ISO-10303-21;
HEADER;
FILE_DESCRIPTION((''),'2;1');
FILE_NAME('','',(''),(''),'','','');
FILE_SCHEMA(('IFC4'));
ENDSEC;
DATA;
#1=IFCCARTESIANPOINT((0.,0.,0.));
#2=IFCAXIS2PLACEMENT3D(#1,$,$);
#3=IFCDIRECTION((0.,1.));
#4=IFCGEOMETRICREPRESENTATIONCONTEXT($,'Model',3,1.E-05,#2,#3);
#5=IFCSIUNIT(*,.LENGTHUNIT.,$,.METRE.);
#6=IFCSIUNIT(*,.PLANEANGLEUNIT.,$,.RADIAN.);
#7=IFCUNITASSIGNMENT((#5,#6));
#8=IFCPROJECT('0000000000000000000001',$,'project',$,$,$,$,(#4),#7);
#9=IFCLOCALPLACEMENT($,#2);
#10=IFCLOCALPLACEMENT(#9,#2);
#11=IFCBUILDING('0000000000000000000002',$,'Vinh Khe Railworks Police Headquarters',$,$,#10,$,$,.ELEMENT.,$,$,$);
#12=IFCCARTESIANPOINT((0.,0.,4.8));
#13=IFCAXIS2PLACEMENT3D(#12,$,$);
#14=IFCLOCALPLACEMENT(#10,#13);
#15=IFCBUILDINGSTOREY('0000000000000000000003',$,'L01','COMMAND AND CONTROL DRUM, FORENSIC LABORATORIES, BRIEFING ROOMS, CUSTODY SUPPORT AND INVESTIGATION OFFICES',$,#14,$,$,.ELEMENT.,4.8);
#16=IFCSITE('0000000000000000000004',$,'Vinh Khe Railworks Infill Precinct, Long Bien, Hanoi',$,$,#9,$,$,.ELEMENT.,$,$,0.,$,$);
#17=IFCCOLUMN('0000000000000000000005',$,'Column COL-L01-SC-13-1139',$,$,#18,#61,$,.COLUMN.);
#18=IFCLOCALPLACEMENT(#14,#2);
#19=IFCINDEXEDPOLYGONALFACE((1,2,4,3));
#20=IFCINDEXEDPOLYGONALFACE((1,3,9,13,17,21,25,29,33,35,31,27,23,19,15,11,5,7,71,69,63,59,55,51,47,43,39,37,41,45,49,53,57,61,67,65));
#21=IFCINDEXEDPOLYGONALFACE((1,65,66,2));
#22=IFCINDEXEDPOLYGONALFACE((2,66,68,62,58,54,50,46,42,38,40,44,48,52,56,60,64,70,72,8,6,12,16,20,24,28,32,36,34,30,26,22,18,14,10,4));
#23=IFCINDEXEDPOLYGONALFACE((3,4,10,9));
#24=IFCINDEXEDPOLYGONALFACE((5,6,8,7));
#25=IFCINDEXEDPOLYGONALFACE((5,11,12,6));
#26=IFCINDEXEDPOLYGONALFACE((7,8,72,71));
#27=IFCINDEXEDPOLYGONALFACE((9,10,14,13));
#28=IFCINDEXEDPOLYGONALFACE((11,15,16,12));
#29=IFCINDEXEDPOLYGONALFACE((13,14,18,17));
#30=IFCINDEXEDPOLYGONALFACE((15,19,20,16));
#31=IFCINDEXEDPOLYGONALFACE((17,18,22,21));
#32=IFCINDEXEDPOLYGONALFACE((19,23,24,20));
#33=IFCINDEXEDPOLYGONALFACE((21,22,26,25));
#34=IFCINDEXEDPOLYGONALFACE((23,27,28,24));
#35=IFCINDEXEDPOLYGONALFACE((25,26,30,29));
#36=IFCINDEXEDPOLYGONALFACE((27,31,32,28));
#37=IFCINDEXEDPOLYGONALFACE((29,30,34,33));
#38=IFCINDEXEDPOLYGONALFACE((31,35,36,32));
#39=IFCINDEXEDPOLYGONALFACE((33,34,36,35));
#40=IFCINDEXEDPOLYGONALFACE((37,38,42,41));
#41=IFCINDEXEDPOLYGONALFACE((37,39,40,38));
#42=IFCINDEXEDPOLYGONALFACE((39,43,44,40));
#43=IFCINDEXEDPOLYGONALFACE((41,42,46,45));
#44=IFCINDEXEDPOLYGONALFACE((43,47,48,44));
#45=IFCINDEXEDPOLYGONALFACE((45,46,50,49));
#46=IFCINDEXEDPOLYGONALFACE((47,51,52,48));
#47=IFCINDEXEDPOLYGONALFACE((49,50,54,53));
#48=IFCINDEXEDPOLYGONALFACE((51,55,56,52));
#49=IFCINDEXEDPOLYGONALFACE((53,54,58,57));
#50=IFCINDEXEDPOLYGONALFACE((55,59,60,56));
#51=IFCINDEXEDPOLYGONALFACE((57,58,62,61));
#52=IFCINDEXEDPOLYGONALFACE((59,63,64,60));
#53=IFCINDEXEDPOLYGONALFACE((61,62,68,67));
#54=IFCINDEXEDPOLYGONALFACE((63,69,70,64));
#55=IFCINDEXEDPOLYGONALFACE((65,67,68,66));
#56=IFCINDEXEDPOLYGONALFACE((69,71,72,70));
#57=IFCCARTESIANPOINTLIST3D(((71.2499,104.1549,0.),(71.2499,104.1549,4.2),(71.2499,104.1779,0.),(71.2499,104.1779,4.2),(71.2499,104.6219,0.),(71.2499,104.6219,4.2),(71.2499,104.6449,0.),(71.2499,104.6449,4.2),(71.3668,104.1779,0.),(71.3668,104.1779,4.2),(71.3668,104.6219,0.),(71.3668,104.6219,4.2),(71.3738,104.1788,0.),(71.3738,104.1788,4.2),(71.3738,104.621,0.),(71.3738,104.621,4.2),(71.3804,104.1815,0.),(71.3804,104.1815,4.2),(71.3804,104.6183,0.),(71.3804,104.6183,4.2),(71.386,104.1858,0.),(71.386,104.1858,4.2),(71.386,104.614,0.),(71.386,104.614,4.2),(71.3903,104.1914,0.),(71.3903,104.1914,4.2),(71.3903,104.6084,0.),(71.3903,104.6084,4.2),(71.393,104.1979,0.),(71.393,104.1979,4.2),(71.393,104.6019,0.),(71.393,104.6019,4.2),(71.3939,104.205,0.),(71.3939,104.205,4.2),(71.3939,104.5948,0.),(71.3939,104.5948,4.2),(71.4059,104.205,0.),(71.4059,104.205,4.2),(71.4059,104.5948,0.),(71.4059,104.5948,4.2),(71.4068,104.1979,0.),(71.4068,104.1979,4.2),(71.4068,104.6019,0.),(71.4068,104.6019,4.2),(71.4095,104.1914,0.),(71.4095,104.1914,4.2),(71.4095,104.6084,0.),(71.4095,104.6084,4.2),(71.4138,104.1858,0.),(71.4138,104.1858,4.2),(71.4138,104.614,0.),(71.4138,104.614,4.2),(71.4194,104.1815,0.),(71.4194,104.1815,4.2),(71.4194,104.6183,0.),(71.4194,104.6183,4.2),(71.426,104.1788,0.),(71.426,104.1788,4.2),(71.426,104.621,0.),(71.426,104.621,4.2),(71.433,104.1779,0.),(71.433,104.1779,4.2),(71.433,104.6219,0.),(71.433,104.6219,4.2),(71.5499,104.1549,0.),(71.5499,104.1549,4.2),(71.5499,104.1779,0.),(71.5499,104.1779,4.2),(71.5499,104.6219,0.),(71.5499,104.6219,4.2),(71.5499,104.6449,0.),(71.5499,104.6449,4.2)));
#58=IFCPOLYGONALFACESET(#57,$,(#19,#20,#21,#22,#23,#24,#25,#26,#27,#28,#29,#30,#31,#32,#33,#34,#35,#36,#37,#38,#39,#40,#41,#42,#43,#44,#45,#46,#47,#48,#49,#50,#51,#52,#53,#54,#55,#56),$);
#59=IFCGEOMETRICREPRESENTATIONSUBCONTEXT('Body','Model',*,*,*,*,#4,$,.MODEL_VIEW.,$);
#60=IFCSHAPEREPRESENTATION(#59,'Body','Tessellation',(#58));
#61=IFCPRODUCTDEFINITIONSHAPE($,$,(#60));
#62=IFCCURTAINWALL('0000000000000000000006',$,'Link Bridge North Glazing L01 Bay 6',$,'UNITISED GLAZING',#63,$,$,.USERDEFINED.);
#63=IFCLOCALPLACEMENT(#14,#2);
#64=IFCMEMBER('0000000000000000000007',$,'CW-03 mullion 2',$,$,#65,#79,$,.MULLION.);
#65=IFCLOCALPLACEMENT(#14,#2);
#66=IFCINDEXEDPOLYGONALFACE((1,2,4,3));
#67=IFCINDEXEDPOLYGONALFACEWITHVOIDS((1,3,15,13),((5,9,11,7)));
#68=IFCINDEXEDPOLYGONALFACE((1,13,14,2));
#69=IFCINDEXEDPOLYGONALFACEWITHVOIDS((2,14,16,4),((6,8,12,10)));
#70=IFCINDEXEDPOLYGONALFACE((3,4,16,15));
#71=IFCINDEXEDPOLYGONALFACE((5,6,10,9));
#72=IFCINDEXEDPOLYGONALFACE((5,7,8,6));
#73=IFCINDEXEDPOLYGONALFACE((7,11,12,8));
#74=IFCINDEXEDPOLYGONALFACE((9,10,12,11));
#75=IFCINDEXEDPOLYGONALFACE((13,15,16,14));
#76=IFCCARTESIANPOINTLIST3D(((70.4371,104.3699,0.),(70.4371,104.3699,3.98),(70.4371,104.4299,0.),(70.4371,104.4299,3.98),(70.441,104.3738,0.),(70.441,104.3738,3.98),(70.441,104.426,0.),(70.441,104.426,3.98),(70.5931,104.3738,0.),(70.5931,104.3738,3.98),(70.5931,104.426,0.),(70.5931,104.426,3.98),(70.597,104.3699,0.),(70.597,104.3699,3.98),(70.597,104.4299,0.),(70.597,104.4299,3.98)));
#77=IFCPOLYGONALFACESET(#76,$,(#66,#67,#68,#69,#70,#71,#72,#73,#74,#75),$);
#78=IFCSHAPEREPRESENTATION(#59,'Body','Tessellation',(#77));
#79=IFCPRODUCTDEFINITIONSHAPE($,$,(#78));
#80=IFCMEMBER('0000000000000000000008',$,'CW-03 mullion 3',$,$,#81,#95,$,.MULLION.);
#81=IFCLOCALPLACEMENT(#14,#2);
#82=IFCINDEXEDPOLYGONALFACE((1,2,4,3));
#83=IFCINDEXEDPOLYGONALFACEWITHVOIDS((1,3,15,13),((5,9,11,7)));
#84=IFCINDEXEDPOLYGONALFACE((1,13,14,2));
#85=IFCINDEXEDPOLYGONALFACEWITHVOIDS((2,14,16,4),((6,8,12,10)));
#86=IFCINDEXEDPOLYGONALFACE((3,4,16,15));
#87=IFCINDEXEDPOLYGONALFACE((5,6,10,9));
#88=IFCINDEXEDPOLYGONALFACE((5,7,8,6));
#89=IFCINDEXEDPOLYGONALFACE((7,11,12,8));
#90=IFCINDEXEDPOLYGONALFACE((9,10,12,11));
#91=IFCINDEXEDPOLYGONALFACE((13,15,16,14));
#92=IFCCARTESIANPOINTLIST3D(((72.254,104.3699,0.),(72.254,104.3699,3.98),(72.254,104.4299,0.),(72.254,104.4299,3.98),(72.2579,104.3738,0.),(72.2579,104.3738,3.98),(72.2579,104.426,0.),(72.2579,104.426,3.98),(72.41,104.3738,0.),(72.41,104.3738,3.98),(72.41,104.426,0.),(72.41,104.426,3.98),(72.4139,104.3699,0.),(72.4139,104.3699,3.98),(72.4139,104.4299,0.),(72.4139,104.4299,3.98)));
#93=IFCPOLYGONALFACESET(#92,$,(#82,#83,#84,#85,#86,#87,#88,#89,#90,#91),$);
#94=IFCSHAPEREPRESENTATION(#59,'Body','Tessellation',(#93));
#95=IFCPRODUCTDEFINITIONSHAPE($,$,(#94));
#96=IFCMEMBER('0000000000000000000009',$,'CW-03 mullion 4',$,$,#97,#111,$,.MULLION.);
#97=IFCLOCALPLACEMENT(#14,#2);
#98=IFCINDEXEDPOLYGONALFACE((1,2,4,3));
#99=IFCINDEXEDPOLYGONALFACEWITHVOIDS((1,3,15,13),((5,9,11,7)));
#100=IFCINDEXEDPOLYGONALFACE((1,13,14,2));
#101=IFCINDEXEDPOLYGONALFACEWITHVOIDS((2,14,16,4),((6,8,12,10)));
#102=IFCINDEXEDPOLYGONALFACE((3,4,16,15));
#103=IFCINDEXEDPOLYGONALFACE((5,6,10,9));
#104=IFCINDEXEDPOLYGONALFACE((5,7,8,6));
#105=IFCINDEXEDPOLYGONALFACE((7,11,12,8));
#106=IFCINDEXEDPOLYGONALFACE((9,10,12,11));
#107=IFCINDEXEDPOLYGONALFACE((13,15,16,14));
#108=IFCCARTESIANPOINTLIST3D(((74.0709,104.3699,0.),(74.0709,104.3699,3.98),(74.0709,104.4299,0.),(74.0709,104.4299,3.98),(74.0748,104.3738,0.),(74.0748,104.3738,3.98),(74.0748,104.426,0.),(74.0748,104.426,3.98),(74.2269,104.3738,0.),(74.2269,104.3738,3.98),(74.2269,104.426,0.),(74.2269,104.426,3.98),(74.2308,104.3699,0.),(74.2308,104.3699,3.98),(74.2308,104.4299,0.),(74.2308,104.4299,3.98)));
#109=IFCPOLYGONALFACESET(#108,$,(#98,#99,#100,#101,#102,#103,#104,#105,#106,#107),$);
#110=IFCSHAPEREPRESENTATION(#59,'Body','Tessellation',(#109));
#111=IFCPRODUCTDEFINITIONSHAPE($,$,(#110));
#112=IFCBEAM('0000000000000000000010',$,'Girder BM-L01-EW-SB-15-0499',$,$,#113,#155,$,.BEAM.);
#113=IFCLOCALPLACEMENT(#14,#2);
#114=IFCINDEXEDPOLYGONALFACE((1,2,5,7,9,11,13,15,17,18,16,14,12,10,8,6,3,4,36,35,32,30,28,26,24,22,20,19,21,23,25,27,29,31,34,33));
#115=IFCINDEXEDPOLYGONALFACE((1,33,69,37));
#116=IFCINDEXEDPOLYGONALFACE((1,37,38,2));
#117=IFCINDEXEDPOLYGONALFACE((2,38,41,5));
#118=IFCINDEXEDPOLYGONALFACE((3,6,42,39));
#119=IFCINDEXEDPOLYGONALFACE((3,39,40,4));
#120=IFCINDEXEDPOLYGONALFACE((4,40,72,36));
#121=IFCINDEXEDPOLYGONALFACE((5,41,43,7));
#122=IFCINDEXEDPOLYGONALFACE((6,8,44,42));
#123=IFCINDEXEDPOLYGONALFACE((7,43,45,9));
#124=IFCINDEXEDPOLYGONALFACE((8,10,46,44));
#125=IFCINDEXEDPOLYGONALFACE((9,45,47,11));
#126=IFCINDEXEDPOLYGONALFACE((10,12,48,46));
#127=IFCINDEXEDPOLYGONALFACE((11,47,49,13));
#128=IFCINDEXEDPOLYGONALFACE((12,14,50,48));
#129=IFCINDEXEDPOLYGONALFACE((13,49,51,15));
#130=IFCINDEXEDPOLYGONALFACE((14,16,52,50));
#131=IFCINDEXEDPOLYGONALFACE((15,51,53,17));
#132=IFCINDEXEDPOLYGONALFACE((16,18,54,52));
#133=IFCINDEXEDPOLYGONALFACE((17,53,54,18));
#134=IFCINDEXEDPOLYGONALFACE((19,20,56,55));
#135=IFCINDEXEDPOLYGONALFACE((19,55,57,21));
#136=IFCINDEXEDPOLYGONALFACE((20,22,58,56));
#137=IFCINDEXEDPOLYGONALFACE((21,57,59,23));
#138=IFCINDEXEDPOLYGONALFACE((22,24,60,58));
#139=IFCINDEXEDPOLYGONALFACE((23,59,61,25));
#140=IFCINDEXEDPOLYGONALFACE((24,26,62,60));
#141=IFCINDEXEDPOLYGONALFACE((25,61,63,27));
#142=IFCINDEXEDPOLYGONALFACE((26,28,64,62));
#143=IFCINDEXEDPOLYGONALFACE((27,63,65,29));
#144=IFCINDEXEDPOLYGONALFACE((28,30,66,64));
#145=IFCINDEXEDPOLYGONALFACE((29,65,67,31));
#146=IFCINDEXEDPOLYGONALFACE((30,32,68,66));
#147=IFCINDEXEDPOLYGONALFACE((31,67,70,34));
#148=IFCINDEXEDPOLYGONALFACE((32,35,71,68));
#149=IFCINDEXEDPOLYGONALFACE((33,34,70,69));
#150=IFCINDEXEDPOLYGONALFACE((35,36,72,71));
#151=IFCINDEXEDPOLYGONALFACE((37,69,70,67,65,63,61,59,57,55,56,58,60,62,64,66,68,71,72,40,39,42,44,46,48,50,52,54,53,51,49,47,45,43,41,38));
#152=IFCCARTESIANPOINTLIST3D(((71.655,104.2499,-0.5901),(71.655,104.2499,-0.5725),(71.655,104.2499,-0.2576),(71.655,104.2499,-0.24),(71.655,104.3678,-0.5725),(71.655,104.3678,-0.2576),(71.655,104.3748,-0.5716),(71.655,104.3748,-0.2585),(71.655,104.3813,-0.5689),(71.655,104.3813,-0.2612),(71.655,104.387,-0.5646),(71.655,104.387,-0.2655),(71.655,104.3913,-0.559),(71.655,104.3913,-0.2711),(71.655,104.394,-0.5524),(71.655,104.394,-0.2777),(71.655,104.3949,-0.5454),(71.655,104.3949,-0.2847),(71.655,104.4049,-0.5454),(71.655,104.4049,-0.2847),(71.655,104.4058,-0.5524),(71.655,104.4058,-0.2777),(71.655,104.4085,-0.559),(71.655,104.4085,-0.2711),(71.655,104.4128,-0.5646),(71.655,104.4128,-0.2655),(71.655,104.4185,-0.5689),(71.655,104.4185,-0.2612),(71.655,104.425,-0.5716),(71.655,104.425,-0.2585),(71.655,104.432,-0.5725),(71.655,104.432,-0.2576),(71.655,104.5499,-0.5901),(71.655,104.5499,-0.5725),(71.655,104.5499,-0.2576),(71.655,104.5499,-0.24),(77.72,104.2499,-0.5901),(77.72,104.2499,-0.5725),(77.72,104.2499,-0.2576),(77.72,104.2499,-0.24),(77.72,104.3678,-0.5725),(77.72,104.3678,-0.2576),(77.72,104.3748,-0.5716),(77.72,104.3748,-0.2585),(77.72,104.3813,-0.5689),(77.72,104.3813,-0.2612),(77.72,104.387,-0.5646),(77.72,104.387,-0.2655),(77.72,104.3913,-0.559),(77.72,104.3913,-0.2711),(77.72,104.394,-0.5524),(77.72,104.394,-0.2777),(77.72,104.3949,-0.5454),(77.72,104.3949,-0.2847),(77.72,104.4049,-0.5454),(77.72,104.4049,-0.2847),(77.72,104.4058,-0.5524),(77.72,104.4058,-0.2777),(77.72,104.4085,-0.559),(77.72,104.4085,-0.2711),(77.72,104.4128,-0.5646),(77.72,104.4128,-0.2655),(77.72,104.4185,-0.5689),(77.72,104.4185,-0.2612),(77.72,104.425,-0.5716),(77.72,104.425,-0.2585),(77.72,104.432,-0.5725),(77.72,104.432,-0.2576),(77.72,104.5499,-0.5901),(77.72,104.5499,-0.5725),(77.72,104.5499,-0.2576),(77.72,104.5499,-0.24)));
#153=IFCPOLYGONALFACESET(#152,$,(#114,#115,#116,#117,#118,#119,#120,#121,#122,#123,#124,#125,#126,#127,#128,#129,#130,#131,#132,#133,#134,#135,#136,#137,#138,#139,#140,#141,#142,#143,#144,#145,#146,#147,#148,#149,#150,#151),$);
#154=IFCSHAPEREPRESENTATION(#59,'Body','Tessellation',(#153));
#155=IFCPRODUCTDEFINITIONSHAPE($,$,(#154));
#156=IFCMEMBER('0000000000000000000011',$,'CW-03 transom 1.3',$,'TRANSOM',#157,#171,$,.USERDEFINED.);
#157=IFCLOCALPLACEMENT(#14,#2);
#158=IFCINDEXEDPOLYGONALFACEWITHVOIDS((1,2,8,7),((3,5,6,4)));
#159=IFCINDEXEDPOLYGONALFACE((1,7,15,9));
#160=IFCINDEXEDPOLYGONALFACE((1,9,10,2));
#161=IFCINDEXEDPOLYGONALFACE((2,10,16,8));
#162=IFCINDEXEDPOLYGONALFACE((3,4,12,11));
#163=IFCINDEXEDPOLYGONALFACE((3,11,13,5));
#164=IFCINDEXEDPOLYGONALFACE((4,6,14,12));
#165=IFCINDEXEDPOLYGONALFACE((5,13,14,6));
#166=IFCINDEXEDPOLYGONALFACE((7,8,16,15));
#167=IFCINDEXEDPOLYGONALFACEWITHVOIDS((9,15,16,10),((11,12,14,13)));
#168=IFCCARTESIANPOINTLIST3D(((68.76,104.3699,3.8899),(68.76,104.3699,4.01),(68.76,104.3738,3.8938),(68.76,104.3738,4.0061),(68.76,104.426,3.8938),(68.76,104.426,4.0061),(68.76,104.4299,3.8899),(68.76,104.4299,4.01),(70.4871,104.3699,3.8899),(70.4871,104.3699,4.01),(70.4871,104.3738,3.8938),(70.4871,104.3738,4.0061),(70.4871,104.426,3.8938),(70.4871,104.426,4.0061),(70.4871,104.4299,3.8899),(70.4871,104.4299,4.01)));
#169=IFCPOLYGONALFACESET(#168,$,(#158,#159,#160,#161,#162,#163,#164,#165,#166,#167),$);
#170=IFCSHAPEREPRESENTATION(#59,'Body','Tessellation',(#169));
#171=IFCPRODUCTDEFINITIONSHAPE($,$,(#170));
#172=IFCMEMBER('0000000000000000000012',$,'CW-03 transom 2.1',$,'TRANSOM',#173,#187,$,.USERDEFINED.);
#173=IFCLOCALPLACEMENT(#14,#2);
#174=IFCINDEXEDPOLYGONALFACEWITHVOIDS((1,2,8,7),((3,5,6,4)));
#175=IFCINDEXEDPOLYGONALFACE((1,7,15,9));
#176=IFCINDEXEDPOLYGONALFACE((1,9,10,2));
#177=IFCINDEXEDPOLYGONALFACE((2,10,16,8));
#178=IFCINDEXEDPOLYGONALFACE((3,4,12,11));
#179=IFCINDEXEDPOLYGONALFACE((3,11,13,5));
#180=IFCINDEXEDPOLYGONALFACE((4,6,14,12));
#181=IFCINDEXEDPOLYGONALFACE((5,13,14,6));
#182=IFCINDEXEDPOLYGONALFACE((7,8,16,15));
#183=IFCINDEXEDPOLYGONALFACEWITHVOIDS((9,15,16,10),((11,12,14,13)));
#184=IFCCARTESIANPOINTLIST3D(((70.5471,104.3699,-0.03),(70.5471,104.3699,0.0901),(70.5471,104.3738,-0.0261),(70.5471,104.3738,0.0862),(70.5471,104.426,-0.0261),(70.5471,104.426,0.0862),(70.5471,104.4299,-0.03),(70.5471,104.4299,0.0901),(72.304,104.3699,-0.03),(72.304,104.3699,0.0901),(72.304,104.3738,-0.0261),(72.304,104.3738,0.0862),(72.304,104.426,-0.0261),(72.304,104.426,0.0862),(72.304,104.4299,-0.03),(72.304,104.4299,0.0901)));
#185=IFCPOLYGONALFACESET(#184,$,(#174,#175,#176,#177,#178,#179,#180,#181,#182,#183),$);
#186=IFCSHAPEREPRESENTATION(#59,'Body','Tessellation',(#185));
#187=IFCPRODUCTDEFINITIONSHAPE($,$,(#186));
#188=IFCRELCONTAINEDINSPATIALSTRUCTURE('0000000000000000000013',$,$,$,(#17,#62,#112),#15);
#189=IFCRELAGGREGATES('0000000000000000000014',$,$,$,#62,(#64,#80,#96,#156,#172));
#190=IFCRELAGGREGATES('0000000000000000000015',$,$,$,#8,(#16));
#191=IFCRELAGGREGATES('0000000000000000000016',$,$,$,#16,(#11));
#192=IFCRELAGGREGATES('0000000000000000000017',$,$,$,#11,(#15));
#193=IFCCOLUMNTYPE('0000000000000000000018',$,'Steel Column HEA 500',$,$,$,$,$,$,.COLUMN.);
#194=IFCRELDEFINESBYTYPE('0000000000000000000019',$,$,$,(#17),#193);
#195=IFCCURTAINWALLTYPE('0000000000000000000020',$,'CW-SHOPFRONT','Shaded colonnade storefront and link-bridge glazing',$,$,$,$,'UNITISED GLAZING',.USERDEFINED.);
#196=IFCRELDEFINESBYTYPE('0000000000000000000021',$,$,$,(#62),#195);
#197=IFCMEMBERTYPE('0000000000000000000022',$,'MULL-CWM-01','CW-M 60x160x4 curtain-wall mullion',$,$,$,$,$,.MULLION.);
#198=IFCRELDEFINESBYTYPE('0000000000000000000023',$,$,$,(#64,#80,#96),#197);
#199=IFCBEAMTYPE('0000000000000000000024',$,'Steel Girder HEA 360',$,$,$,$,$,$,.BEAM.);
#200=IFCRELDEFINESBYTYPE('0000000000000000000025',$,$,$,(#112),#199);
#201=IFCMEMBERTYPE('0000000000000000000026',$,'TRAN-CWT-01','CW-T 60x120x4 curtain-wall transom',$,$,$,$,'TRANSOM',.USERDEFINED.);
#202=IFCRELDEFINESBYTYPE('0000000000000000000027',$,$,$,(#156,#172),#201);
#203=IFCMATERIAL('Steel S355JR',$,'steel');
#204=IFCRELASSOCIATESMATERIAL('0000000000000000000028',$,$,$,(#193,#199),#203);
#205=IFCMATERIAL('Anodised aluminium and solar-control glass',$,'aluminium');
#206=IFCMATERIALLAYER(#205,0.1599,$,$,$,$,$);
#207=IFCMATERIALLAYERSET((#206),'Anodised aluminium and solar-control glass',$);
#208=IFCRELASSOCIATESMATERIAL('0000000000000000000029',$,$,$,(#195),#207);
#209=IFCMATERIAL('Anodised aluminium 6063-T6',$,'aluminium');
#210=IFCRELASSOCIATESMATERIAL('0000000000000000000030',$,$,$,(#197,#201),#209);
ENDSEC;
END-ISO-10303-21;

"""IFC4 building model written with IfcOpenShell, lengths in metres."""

from ifc_helpers import new_model, si_unit, direction, frame, origin, origin_2d, place, context, subcontext, project, spatial, hollow_rectangle, i_section, extrude, material, layer, layer_set, material_profile, profile_set, type_object, element, aggregate, save


model = new_model("IFC4")

# Units and contexts
model_context = context("Model", 3, precision=1e-05, world=origin(), true_north=direction((0.0, 1.0)))
body_context = subcontext(model_context, "Body", "Model", "MODEL_VIEW")
ifc_project = project(units=[si_unit("LENGTHUNIT", "METRE"), si_unit("PLANEANGLEUNIT", "RADIAN")], contexts=[model_context])

# Site, building, storey
site_placement = place(None, origin())
site = spatial("IfcSite", under=ifc_project, at=site_placement, Name="Vinh Khe Railworks Infill Precinct, Long Bien, Hanoi", CompositionType="ELEMENT", RefElevation=0.0)
building_placement = place(site_placement, origin())
building = spatial("IfcBuilding", under=site, at=building_placement, Name="Vinh Khe Railworks Police Headquarters", CompositionType="ELEMENT")
storey_placement = place(building_placement, frame((0.0, 0.0, 4.8)))
storey = spatial("IfcBuildingStorey", under=building, at=storey_placement, Name="L01", Description="COMMAND AND CONTROL DRUM, FORENSIC LABORATORIES, BRIEFING ROOMS, CUSTODY SUPPORT AND INVESTIGATION OFFICES", CompositionType="ELEMENT", Elevation=4.8)

# Column
ifc_material_1 = material(Name="Steel S355JR", Category="steel")
ifc_material_profile_1 = material_profile(ifc_material_1, i_section(OverallWidth=0.3, OverallDepth=0.49, WebThickness=0.012, FlangeThickness=0.0229, FilletRadius=0.0271, at=origin_2d()), Name="HEA 500")
ifc_profile_set_1 = profile_set([ifc_material_profile_1], Name="Steel S355JR")
column_type = type_object("IfcColumnType", Name="Steel Column HEA 500", PredefinedType="COLUMN", material=ifc_profile_set_1)
column_placement = place(storey_placement, frame((71.3999, 104.3999, 0.0), z_axis=(0.0, 0.0, 1.0), x_axis=(1.0, 0.0, 0.0)))
element("IfcColumn", 1, at=column_placement, inside=storey, type_object=column_type, Name="Column COL-L01-SC-13-1139", PredefinedType="COLUMN", context=body_context, shape_type="SweptSolid", body=[
    extrude(i_section(OverallWidth=0.3, OverallDepth=0.49, WebThickness=0.012, FlangeThickness=0.0229, FilletRadius=0.0271, at=origin_2d()), origin(), (0.0, 0.0, 1.0), 4.2),
])

# Curtain wall, members
ifc_material_2 = material(Name="Anodised aluminium and solar-control glass", Category="aluminium")
ifc_layer_1 = layer(ifc_material_2, 0.1599)
ifc_layer_set_1 = layer_set([ifc_layer_1], Name="Anodised aluminium and solar-control glass")
curtain_wall_type = type_object("IfcCurtainWallType", Name="CW-SHOPFRONT", Description="Shaded colonnade storefront and link-bridge glazing", ElementType="UNITISED GLAZING", PredefinedType="USERDEFINED", material=ifc_layer_set_1)
curtain_wall_placement = place(storey_placement, origin())
curtain_wall = element("IfcCurtainWall", 2, at=curtain_wall_placement, inside=storey, type_object=curtain_wall_type, Name="Link Bridge North Glazing L01 Bay 6", ObjectType="UNITISED GLAZING", PredefinedType="USERDEFINED")
ifc_material_3 = material(Name="Anodised aluminium 6063-T6", Category="aluminium")
ifc_material_profile_2 = material_profile(ifc_material_3, hollow_rectangle(XDim=0.0601, YDim=0.1599, WallThickness=0.0039, at=origin_2d()), Name="CW-M 60x160x4")
ifc_profile_set_2 = profile_set([ifc_material_profile_2], Name="Anodised aluminium 6063-T6")
member_type_1 = type_object("IfcMemberType", Name="MULL-CWM-01", Description="CW-M 60x160x4 curtain-wall mullion", PredefinedType="MULLION", material=ifc_profile_set_2)
member_1_placement = place(storey_placement, frame((70.5171, 104.3999, 0.0), z_axis=(0.0, 0.0, 1.0), x_axis=(0.0, 1.0, 0.0)))
member_1 = element("IfcMember", 3, at=member_1_placement, type_object=member_type_1, Name="CW-03 mullion 2", PredefinedType="MULLION", context=body_context, shape_type="SweptSolid", body=[
    extrude(hollow_rectangle(XDim=0.0601, YDim=0.1599, WallThickness=0.0039, at=origin_2d()), origin(), (0.0, 0.0, 1.0), 3.98),
])
member_2_placement = place(storey_placement, frame((72.334, 104.3999, 0.0), z_axis=(0.0, 0.0, 1.0), x_axis=(0.0, 1.0, 0.0)))
member_2 = element("IfcMember", 4, at=member_2_placement, type_object=member_type_1, Name="CW-03 mullion 3", PredefinedType="MULLION", context=body_context, shape_type="SweptSolid", body=[
    extrude(hollow_rectangle(XDim=0.0601, YDim=0.1599, WallThickness=0.0039, at=origin_2d()), origin(), (0.0, 0.0, 1.0), 3.98),
])
member_3_placement = place(storey_placement, frame((74.1509, 104.3999, 0.0), z_axis=(0.0, 0.0, 1.0), x_axis=(0.0, 1.0, 0.0)))
member_3 = element("IfcMember", 5, at=member_3_placement, type_object=member_type_1, Name="CW-03 mullion 4", PredefinedType="MULLION", context=body_context, shape_type="SweptSolid", body=[
    extrude(hollow_rectangle(XDim=0.0601, YDim=0.1599, WallThickness=0.0039, at=origin_2d()), origin(), (0.0, 0.0, 1.0), 3.98),
])

# Beam
ifc_material_profile_3 = material_profile(ifc_material_1, i_section(OverallWidth=0.3, OverallDepth=0.3501, WebThickness=0.01, FlangeThickness=0.0176, FilletRadius=0.0271, at=origin_2d()), Name="HEA 360")
ifc_profile_set_3 = profile_set([ifc_material_profile_3], Name="Steel S355JR")
beam_type = type_object("IfcBeamType", Name="Steel Girder HEA 360", PredefinedType="BEAM", material=ifc_profile_set_3)
beam_placement = place(storey_placement, frame((71.655, 104.3999, -0.415), z_axis=(1.0, 0.0, 0.0), x_axis=(0.0, 1.0, 0.0)))
element("IfcBeam", 6, at=beam_placement, inside=storey, type_object=beam_type, Name="Girder BM-L01-EW-SB-15-0499", PredefinedType="BEAM", context=body_context, shape_type="SweptSolid", body=[
    extrude(i_section(OverallWidth=0.3, OverallDepth=0.3501, WebThickness=0.01, FlangeThickness=0.0176, FilletRadius=0.0271, at=origin_2d()), origin(), (0.0, 0.0, 1.0), 6.0649),
])

# Members
ifc_material_profile_4 = material_profile(ifc_material_3, hollow_rectangle(XDim=0.0601, YDim=0.1201, WallThickness=0.0039, at=origin_2d()), Name="CW-T 60x120x4")
ifc_profile_set_4 = profile_set([ifc_material_profile_4], Name="Anodised aluminium 6063-T6")
member_type_2 = type_object("IfcMemberType", Name="TRAN-CWT-01", Description="CW-T 60x120x4 curtain-wall transom", ElementType="TRANSOM", PredefinedType="USERDEFINED", material=ifc_profile_set_4)
member_4_placement = place(storey_placement, frame((68.76, 104.3999, 3.95), z_axis=(1.0, 0.0, 0.0), x_axis=(0.0, 1.0, 0.0)))
member_4 = element("IfcMember", 7, at=member_4_placement, type_object=member_type_2, Name="CW-03 transom 1.3", ObjectType="TRANSOM", PredefinedType="USERDEFINED", context=body_context, shape_type="SweptSolid", body=[
    extrude(hollow_rectangle(XDim=0.0601, YDim=0.1201, WallThickness=0.0039, at=origin_2d()), origin(), (0.0, 0.0, 1.0), 1.7271),
])
member_5_placement = place(storey_placement, frame((70.5471, 104.3999, 0.03), z_axis=(1.0, 0.0, 0.0), x_axis=(0.0, 1.0, 0.0)))
member_5 = element("IfcMember", 8, at=member_5_placement, type_object=member_type_2, Name="CW-03 transom 2.1", ObjectType="TRANSOM", PredefinedType="USERDEFINED", context=body_context, shape_type="SweptSolid", body=[
    extrude(hollow_rectangle(XDim=0.0601, YDim=0.1201, WallThickness=0.0039, at=origin_2d()), origin(), (0.0, 0.0, 1.0), 1.7568),
])

aggregate(curtain_wall, [member_1, member_2, member_3, member_4, member_5])

save(model, "model.ifc")
